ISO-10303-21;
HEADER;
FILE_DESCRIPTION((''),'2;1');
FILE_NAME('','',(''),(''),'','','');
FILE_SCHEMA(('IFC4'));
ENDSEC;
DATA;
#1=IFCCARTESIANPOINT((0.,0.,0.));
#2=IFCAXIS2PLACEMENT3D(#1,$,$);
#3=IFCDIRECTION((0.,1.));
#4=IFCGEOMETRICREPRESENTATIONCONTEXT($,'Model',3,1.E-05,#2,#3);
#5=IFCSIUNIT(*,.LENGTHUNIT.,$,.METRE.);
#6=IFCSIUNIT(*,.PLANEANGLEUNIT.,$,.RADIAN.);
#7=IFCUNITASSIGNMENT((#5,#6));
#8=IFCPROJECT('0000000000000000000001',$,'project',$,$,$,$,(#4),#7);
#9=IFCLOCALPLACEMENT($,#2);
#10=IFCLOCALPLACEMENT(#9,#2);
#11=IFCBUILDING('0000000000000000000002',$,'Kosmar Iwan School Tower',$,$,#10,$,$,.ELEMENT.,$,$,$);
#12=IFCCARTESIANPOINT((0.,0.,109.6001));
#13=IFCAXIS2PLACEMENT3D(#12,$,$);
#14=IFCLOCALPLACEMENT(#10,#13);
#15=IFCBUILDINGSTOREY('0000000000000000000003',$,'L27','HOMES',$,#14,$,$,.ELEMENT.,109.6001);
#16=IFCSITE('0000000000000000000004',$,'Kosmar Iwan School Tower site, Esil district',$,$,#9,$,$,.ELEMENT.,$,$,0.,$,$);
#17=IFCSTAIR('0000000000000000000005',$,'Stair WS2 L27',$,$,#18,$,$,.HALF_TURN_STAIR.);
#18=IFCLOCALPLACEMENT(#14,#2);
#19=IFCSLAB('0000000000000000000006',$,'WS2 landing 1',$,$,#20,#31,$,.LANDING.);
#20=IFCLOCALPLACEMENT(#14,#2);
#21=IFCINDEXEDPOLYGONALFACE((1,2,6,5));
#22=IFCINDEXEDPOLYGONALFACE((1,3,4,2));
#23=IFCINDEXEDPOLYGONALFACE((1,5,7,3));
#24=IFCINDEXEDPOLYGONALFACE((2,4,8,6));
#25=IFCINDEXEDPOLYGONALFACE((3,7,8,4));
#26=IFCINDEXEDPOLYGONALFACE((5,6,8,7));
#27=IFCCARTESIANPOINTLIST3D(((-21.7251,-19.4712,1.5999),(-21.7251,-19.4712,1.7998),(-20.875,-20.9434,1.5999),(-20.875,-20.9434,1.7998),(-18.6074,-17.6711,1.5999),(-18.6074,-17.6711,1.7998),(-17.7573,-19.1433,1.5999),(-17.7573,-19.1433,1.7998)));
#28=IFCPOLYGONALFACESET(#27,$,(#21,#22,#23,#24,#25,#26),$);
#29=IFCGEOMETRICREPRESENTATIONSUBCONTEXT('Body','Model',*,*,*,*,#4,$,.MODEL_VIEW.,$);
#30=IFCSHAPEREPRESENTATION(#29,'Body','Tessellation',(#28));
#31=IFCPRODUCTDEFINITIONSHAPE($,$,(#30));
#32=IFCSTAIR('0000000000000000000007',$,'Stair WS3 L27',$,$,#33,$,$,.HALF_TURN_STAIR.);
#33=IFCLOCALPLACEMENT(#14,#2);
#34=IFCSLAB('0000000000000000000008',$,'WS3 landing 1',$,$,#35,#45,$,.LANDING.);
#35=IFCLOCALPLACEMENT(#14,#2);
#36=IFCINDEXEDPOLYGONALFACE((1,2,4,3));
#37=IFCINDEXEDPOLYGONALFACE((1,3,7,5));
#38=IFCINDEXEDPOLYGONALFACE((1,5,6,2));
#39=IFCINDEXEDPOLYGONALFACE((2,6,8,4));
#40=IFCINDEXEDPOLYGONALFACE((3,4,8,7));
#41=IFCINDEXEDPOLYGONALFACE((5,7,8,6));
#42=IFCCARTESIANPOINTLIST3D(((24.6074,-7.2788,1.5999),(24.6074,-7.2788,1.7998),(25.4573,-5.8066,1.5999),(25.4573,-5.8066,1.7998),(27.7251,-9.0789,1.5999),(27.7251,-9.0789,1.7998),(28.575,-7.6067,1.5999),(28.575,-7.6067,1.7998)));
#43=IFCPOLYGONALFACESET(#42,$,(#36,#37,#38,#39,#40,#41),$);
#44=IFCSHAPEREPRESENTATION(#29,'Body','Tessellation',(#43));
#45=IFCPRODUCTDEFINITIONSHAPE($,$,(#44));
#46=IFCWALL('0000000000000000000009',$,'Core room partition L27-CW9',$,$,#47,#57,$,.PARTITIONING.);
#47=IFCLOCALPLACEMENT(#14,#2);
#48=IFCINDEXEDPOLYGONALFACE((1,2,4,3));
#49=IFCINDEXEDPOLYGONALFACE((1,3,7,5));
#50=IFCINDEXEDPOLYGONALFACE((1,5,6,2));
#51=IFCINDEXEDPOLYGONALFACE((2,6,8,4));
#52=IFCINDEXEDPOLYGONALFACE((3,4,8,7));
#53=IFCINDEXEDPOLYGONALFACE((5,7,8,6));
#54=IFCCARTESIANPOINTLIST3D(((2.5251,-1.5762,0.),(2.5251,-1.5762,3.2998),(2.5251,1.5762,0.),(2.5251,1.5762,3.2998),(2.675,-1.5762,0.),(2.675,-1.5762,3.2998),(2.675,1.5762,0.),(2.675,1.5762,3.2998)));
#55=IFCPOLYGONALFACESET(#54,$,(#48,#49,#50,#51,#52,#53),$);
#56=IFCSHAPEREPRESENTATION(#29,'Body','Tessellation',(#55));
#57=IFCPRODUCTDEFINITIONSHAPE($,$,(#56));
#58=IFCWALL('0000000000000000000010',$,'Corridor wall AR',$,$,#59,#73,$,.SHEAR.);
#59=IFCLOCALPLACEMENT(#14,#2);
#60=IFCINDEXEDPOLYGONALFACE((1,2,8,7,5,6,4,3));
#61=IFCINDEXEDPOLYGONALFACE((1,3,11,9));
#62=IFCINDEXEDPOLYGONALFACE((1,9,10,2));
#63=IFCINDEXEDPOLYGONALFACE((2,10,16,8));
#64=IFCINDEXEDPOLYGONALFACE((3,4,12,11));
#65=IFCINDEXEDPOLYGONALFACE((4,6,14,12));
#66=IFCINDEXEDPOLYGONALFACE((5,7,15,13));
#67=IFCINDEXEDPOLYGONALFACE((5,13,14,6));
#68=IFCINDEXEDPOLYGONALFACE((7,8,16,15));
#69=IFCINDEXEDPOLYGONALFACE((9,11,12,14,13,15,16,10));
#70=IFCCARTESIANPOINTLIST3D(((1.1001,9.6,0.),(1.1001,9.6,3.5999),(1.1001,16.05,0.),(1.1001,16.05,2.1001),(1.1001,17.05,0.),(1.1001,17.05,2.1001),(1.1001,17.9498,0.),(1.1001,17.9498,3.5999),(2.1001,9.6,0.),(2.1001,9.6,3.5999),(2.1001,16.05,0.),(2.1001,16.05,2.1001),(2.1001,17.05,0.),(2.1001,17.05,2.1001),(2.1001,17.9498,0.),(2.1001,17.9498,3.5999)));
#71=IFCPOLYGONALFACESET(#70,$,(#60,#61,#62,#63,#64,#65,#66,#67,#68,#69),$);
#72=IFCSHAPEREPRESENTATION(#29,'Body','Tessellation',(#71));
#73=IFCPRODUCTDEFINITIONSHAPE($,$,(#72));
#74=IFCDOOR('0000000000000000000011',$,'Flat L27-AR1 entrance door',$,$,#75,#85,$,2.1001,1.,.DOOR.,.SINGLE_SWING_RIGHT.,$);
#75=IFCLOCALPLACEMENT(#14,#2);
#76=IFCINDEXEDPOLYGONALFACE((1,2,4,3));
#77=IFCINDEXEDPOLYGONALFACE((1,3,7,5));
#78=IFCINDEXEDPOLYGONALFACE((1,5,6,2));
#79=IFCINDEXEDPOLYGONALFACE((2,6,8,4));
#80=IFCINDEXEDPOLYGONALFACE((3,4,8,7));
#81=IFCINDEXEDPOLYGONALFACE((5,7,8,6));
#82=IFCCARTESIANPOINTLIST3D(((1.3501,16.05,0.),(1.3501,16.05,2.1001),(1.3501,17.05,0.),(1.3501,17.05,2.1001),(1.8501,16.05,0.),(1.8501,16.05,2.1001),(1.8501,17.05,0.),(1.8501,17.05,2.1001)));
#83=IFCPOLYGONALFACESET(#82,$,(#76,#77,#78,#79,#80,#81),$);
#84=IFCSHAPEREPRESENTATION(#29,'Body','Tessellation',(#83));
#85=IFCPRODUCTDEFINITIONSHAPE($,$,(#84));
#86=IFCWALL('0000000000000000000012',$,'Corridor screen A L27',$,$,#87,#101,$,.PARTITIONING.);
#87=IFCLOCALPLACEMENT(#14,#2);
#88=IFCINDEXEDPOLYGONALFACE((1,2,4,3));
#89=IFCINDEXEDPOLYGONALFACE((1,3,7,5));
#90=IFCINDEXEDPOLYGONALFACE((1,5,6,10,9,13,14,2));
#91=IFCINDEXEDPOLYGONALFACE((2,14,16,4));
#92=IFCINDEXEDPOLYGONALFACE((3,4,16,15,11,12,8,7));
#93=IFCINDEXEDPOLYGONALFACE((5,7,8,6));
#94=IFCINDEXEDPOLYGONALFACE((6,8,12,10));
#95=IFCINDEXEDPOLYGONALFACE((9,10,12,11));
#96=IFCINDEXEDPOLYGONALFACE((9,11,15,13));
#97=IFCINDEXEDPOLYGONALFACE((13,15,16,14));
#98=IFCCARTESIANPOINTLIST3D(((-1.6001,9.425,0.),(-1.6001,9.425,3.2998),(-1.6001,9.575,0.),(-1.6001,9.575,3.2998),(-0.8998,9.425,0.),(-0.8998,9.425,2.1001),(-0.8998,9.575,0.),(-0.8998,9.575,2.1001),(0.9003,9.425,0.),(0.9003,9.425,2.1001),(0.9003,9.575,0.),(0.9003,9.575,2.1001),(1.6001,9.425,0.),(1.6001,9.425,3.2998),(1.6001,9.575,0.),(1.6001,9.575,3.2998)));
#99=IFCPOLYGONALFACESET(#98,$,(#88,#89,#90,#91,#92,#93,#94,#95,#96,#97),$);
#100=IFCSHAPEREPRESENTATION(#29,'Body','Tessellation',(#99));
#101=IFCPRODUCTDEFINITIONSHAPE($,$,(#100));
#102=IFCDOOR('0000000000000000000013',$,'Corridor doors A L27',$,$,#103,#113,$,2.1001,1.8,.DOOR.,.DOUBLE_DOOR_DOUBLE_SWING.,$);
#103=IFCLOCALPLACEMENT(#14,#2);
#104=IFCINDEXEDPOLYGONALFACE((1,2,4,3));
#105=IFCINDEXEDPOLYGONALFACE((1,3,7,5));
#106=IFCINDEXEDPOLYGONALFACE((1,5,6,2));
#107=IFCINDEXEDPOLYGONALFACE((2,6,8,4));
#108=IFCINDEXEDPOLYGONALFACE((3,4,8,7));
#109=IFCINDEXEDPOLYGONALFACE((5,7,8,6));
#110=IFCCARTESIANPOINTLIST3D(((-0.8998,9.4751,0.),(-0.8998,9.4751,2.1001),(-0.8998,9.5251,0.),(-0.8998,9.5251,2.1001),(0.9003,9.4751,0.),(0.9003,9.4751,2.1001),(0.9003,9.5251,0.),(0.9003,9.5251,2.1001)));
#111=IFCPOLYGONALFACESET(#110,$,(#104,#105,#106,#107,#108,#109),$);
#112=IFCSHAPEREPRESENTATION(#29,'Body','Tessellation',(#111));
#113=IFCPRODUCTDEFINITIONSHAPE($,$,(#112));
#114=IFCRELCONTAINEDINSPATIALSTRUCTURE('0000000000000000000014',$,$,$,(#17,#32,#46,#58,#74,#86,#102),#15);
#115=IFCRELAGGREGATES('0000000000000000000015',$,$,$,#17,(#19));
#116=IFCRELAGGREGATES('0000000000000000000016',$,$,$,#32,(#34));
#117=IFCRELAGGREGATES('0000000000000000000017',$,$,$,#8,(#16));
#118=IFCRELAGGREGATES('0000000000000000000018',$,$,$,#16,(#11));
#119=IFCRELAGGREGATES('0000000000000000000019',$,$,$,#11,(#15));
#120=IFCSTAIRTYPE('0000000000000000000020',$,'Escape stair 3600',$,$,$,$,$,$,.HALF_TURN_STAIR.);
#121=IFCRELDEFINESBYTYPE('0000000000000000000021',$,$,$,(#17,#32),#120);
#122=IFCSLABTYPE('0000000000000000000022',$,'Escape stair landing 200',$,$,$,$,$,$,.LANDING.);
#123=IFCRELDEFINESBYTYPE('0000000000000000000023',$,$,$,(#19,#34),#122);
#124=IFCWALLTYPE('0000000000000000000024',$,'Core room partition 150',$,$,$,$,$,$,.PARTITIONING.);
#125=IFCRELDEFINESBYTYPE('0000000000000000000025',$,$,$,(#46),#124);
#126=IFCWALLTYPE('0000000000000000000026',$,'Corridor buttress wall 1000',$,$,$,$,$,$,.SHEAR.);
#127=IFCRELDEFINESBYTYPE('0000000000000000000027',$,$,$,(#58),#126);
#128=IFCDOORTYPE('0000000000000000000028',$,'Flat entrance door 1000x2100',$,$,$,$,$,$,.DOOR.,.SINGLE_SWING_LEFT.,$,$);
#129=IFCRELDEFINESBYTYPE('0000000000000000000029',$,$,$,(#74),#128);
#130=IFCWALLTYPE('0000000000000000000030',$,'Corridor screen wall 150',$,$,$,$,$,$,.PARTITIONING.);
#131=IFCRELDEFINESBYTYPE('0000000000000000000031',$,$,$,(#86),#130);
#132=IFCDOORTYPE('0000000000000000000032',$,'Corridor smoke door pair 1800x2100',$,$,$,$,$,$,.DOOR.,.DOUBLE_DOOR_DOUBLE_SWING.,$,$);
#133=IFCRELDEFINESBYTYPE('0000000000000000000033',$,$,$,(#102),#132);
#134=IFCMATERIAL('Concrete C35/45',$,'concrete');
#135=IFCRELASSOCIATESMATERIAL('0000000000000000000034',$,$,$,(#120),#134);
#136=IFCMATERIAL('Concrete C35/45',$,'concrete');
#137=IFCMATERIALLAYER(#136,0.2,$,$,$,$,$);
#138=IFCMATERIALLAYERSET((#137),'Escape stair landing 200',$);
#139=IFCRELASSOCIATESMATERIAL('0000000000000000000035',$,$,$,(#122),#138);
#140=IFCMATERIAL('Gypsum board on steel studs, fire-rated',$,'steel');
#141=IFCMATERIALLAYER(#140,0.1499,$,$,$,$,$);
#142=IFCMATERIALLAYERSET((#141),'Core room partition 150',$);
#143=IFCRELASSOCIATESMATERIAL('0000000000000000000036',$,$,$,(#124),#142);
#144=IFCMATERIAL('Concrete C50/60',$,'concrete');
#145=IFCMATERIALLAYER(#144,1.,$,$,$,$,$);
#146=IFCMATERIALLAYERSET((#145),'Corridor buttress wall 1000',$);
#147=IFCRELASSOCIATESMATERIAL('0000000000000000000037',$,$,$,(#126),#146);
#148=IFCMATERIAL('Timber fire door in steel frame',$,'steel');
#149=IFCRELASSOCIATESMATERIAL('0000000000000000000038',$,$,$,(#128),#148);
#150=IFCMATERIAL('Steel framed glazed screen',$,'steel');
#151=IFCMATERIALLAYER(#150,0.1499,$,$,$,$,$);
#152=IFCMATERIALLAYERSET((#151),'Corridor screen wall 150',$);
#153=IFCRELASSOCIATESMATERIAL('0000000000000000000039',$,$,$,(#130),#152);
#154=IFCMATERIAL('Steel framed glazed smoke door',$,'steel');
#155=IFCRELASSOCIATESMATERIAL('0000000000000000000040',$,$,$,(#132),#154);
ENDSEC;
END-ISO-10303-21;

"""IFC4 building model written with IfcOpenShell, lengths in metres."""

from ifc_helpers import new_model, si_unit, direction, frame, frame_2d, origin, place, context, subcontext, project, spatial, polyline, rectangle, outline, extrude, material, layer, layer_set, type_object, element, fill, aggregate, save


model = new_model("IFC4")

# Units and contexts
model_context = context("Model", 3, precision=1e-05, world=origin(), true_north=direction((0.0, 1.0)))
body_context = subcontext(model_context, "Body", "Model", "MODEL_VIEW")
ifc_project = project(units=[si_unit("LENGTHUNIT", "METRE"), si_unit("PLANEANGLEUNIT", "RADIAN")], contexts=[model_context])

# Site, building, storey
site_placement = place(None, origin())
site = spatial("IfcSite", under=ifc_project, at=site_placement, Name="Kosmar Iwan School Tower site, Esil district", CompositionType="ELEMENT", RefElevation=0.0)
building_placement = place(site_placement, origin())
building = spatial("IfcBuilding", under=site, at=building_placement, Name="Kosmar Iwan School Tower", CompositionType="ELEMENT")
storey_placement = place(building_placement, frame((0.0, 0.0, 109.6001)))
storey = spatial("IfcBuildingStorey", under=building, at=storey_placement, Name="L27", Description="HOMES", CompositionType="ELEMENT", Elevation=109.6001)

# Stairs, slabs
ifc_material_1 = material(Name="Concrete C35/45", Category="concrete")
stair_type_1 = type_object("IfcStairType", Name="Escape stair 3600", PredefinedType="HALF_TURN_STAIR", material=ifc_material_1)
stair_1_placement = place(storey_placement, origin())
stair_1 = element("IfcStair", 1, at=stair_1_placement, inside=storey, type_object=stair_type_1, Name="Stair WS2 L27", PredefinedType="HALF_TURN_STAIR")
ifc_material_2 = material(Name="Concrete C35/45", Category="concrete")
ifc_layer_1 = layer(ifc_material_2, 0.2)
ifc_layer_set_1 = layer_set([ifc_layer_1], Name="Escape stair landing 200")
slab_type = type_object("IfcSlabType", Name="Escape stair landing 200", PredefinedType="LANDING", material=ifc_layer_set_1)
slab_1_placement = place(storey_placement, frame((0.0, 0.0, 1.5999)))
slab_1 = element("IfcSlab", 2, at=slab_1_placement, type_object=slab_type, Name="WS2 landing 1", PredefinedType="LANDING", context=body_context, shape_type="SweptSolid", body=[
    extrude(outline(polyline([(-18.6074, -17.6711), (-21.7251, -19.4712), (-20.875, -20.9434), (-17.7573, -19.1433), (-18.6074, -17.6711)])), origin(), (0.0, 0.0, 1.0), 0.2),
])
aggregate(stair_1, [slab_1])
stair_2_placement = place(storey_placement, origin())
stair_2 = element("IfcStair", 3, at=stair_2_placement, inside=storey, type_object=stair_type_1, Name="Stair WS3 L27", PredefinedType="HALF_TURN_STAIR")
slab_2_placement = place(storey_placement, frame((0.0, 0.0, 1.5999)))
slab_2 = element("IfcSlab", 4, at=slab_2_placement, type_object=slab_type, Name="WS3 landing 1", PredefinedType="LANDING", context=body_context, shape_type="SweptSolid", body=[
    extrude(outline(polyline([(24.6074, -7.2788), (27.7251, -9.0789), (28.575, -7.6067), (25.4573, -5.8066), (24.6074, -7.2788)])), origin(), (0.0, 0.0, 1.0), 0.2),
])
aggregate(stair_2, [slab_2])

# Wall
ifc_material_3 = material(Name="Gypsum board on steel studs, fire-rated", Category="steel")
ifc_layer_2 = layer(ifc_material_3, 0.1499)
ifc_layer_set_2 = layer_set([ifc_layer_2], Name="Core room partition 150")
wall_type_1 = type_object("IfcWallType", Name="Core room partition 150", PredefinedType="PARTITIONING", material=ifc_layer_set_2)
wall_1_placement = place(storey_placement, frame((2.6001, 1.5762, 0.0), z_axis=(0.0, 0.0, 1.0), x_axis=(0.0, -1.0, 0.0)))
element("IfcWall", 5, at=wall_1_placement, inside=storey, type_object=wall_type_1, Name="Core room partition L27-CW9", PredefinedType="PARTITIONING", context=body_context, shape_type="SweptSolid", body=[
    extrude(rectangle(XDim=3.1523, YDim=0.1499, at=frame_2d((1.5762, 0.0))), origin(), (0.0, 0.0, 1.0), 3.2998),
])

# Walls, openings, doors
ifc_material_4 = material(Name="Concrete C50/60", Category="concrete")
ifc_layer_3 = layer(ifc_material_4, 1.0)
ifc_layer_set_3 = layer_set([ifc_layer_3], Name="Corridor buttress wall 1000")
wall_type_2 = type_object("IfcWallType", Name="Corridor buttress wall 1000", PredefinedType="SHEAR", material=ifc_layer_set_3)
wall_2_placement = place(storey_placement, frame((1.6001, 9.6001, 0.0), z_axis=(0.0, 0.0, 1.0), x_axis=(0.0, 1.0, 0.0)))
wall_2 = element("IfcWall", 6, at=wall_2_placement, inside=storey, type_object=wall_type_2, Name="Corridor wall AR", PredefinedType="SHEAR", context=body_context, shape_type="SweptSolid", body=[
    extrude(rectangle(XDim=8.3499, YDim=1.0, at=frame_2d((4.1748, 0.0))), origin(), (0.0, 0.0, 1.0), 3.5999),
])
opening_1_placement = place(wall_2_placement, frame((6.45, 0.0, 0.0)))
opening_1 = element("IfcOpeningElement", 7, at=opening_1_placement, cuts=wall_2, PredefinedType="OPENING", context=body_context, shape_type="SweptSolid", body=[
    extrude(rectangle(XDim=1.0, YDim=2.1001, at=frame_2d((0.5, 1.05))), frame((0.0, 0.512, 0.0), z_axis=(0.0, -1.0, 0.0), x_axis=(1.0, 0.0, 0.0)), (0.0, 0.0, 1.0), 1.0239),
])
ifc_material_5 = material(Name="Timber fire door in steel frame", Category="steel")
door_type_1 = type_object("IfcDoorType", Name="Flat entrance door 1000x2100", OperationType="SINGLE_SWING_LEFT", PredefinedType="DOOR", material=ifc_material_5)
door_1_placement = place(opening_1_placement, origin())
door_1 = element("IfcDoor", 8, at=door_1_placement, inside=storey, type_object=door_type_1, Name="Flat L27-AR1 entrance door", OperationType="SINGLE_SWING_RIGHT", OverallHeight=2.1001, OverallWidth=1.0, PredefinedType="DOOR", context=body_context, shape_type="SweptSolid", body=[
    extrude(rectangle(XDim=1.0, YDim=2.1001, at=frame_2d((0.5, 1.05))), frame((0.0, 0.25, 0.0), z_axis=(0.0, -1.0, 0.0), x_axis=(1.0, 0.0, 0.0)), (0.0, 0.0, 1.0), 0.5),
])
fill(opening_1, door_1)
ifc_material_6 = material(Name="Steel framed glazed screen", Category="steel")
ifc_layer_4 = layer(ifc_material_6, 0.1499)
ifc_layer_set_4 = layer_set([ifc_layer_4], Name="Corridor screen wall 150")
wall_type_3 = type_object("IfcWallType", Name="Corridor screen wall 150", PredefinedType="PARTITIONING", material=ifc_layer_set_4)
wall_3_placement = place(storey_placement, frame((1.6001, 9.5, 0.0), z_axis=(0.0, 0.0, 1.0), x_axis=(-1.0, 0.0, 0.0)))
wall_3 = element("IfcWall", 9, at=wall_3_placement, inside=storey, type_object=wall_type_3, Name="Corridor screen A L27", PredefinedType="PARTITIONING", context=body_context, shape_type="SweptSolid", body=[
    extrude(rectangle(XDim=3.2002, YDim=0.1499, at=frame_2d((1.6001, 0.0))), origin(), (0.0, 0.0, 1.0), 3.2998),
])
opening_2_placement = place(wall_3_placement, frame((0.7, 0.0, 0.0)))
opening_2 = element("IfcOpeningElement", 10, at=opening_2_placement, cuts=wall_3, PredefinedType="OPENING", context=body_context, shape_type="SweptSolid", body=[
    extrude(rectangle(XDim=1.8, YDim=2.1001, at=frame_2d((0.8999, 1.05))), frame((0.0, 0.0869, 0.0), z_axis=(0.0, -1.0, 0.0), x_axis=(1.0, 0.0, 0.0)), (0.0, 0.0, 1.0), 0.1738),
])
ifc_material_7 = material(Name="Steel framed glazed smoke door", Category="steel")
door_type_2 = type_object("IfcDoorType", Name="Corridor smoke door pair 1800x2100", OperationType="DOUBLE_DOOR_DOUBLE_SWING", PredefinedType="DOOR", material=ifc_material_7)
door_2_placement = place(opening_2_placement, origin())
door_2 = element("IfcDoor", 11, at=door_2_placement, inside=storey, type_object=door_type_2, Name="Corridor doors A L27", OperationType="DOUBLE_DOOR_DOUBLE_SWING", OverallHeight=2.1001, OverallWidth=1.8, PredefinedType="DOOR", context=body_context, shape_type="SweptSolid", body=[
    extrude(rectangle(XDim=1.8, YDim=2.1001, at=frame_2d((0.8999, 1.05))), frame((0.0, 0.0249, 0.0), z_axis=(0.0, -1.0, 0.0), x_axis=(1.0, 0.0, 0.0)), (0.0, 0.0, 1.0), 0.05),
])
fill(opening_2, door_2)

save(model, "model.ifc")
